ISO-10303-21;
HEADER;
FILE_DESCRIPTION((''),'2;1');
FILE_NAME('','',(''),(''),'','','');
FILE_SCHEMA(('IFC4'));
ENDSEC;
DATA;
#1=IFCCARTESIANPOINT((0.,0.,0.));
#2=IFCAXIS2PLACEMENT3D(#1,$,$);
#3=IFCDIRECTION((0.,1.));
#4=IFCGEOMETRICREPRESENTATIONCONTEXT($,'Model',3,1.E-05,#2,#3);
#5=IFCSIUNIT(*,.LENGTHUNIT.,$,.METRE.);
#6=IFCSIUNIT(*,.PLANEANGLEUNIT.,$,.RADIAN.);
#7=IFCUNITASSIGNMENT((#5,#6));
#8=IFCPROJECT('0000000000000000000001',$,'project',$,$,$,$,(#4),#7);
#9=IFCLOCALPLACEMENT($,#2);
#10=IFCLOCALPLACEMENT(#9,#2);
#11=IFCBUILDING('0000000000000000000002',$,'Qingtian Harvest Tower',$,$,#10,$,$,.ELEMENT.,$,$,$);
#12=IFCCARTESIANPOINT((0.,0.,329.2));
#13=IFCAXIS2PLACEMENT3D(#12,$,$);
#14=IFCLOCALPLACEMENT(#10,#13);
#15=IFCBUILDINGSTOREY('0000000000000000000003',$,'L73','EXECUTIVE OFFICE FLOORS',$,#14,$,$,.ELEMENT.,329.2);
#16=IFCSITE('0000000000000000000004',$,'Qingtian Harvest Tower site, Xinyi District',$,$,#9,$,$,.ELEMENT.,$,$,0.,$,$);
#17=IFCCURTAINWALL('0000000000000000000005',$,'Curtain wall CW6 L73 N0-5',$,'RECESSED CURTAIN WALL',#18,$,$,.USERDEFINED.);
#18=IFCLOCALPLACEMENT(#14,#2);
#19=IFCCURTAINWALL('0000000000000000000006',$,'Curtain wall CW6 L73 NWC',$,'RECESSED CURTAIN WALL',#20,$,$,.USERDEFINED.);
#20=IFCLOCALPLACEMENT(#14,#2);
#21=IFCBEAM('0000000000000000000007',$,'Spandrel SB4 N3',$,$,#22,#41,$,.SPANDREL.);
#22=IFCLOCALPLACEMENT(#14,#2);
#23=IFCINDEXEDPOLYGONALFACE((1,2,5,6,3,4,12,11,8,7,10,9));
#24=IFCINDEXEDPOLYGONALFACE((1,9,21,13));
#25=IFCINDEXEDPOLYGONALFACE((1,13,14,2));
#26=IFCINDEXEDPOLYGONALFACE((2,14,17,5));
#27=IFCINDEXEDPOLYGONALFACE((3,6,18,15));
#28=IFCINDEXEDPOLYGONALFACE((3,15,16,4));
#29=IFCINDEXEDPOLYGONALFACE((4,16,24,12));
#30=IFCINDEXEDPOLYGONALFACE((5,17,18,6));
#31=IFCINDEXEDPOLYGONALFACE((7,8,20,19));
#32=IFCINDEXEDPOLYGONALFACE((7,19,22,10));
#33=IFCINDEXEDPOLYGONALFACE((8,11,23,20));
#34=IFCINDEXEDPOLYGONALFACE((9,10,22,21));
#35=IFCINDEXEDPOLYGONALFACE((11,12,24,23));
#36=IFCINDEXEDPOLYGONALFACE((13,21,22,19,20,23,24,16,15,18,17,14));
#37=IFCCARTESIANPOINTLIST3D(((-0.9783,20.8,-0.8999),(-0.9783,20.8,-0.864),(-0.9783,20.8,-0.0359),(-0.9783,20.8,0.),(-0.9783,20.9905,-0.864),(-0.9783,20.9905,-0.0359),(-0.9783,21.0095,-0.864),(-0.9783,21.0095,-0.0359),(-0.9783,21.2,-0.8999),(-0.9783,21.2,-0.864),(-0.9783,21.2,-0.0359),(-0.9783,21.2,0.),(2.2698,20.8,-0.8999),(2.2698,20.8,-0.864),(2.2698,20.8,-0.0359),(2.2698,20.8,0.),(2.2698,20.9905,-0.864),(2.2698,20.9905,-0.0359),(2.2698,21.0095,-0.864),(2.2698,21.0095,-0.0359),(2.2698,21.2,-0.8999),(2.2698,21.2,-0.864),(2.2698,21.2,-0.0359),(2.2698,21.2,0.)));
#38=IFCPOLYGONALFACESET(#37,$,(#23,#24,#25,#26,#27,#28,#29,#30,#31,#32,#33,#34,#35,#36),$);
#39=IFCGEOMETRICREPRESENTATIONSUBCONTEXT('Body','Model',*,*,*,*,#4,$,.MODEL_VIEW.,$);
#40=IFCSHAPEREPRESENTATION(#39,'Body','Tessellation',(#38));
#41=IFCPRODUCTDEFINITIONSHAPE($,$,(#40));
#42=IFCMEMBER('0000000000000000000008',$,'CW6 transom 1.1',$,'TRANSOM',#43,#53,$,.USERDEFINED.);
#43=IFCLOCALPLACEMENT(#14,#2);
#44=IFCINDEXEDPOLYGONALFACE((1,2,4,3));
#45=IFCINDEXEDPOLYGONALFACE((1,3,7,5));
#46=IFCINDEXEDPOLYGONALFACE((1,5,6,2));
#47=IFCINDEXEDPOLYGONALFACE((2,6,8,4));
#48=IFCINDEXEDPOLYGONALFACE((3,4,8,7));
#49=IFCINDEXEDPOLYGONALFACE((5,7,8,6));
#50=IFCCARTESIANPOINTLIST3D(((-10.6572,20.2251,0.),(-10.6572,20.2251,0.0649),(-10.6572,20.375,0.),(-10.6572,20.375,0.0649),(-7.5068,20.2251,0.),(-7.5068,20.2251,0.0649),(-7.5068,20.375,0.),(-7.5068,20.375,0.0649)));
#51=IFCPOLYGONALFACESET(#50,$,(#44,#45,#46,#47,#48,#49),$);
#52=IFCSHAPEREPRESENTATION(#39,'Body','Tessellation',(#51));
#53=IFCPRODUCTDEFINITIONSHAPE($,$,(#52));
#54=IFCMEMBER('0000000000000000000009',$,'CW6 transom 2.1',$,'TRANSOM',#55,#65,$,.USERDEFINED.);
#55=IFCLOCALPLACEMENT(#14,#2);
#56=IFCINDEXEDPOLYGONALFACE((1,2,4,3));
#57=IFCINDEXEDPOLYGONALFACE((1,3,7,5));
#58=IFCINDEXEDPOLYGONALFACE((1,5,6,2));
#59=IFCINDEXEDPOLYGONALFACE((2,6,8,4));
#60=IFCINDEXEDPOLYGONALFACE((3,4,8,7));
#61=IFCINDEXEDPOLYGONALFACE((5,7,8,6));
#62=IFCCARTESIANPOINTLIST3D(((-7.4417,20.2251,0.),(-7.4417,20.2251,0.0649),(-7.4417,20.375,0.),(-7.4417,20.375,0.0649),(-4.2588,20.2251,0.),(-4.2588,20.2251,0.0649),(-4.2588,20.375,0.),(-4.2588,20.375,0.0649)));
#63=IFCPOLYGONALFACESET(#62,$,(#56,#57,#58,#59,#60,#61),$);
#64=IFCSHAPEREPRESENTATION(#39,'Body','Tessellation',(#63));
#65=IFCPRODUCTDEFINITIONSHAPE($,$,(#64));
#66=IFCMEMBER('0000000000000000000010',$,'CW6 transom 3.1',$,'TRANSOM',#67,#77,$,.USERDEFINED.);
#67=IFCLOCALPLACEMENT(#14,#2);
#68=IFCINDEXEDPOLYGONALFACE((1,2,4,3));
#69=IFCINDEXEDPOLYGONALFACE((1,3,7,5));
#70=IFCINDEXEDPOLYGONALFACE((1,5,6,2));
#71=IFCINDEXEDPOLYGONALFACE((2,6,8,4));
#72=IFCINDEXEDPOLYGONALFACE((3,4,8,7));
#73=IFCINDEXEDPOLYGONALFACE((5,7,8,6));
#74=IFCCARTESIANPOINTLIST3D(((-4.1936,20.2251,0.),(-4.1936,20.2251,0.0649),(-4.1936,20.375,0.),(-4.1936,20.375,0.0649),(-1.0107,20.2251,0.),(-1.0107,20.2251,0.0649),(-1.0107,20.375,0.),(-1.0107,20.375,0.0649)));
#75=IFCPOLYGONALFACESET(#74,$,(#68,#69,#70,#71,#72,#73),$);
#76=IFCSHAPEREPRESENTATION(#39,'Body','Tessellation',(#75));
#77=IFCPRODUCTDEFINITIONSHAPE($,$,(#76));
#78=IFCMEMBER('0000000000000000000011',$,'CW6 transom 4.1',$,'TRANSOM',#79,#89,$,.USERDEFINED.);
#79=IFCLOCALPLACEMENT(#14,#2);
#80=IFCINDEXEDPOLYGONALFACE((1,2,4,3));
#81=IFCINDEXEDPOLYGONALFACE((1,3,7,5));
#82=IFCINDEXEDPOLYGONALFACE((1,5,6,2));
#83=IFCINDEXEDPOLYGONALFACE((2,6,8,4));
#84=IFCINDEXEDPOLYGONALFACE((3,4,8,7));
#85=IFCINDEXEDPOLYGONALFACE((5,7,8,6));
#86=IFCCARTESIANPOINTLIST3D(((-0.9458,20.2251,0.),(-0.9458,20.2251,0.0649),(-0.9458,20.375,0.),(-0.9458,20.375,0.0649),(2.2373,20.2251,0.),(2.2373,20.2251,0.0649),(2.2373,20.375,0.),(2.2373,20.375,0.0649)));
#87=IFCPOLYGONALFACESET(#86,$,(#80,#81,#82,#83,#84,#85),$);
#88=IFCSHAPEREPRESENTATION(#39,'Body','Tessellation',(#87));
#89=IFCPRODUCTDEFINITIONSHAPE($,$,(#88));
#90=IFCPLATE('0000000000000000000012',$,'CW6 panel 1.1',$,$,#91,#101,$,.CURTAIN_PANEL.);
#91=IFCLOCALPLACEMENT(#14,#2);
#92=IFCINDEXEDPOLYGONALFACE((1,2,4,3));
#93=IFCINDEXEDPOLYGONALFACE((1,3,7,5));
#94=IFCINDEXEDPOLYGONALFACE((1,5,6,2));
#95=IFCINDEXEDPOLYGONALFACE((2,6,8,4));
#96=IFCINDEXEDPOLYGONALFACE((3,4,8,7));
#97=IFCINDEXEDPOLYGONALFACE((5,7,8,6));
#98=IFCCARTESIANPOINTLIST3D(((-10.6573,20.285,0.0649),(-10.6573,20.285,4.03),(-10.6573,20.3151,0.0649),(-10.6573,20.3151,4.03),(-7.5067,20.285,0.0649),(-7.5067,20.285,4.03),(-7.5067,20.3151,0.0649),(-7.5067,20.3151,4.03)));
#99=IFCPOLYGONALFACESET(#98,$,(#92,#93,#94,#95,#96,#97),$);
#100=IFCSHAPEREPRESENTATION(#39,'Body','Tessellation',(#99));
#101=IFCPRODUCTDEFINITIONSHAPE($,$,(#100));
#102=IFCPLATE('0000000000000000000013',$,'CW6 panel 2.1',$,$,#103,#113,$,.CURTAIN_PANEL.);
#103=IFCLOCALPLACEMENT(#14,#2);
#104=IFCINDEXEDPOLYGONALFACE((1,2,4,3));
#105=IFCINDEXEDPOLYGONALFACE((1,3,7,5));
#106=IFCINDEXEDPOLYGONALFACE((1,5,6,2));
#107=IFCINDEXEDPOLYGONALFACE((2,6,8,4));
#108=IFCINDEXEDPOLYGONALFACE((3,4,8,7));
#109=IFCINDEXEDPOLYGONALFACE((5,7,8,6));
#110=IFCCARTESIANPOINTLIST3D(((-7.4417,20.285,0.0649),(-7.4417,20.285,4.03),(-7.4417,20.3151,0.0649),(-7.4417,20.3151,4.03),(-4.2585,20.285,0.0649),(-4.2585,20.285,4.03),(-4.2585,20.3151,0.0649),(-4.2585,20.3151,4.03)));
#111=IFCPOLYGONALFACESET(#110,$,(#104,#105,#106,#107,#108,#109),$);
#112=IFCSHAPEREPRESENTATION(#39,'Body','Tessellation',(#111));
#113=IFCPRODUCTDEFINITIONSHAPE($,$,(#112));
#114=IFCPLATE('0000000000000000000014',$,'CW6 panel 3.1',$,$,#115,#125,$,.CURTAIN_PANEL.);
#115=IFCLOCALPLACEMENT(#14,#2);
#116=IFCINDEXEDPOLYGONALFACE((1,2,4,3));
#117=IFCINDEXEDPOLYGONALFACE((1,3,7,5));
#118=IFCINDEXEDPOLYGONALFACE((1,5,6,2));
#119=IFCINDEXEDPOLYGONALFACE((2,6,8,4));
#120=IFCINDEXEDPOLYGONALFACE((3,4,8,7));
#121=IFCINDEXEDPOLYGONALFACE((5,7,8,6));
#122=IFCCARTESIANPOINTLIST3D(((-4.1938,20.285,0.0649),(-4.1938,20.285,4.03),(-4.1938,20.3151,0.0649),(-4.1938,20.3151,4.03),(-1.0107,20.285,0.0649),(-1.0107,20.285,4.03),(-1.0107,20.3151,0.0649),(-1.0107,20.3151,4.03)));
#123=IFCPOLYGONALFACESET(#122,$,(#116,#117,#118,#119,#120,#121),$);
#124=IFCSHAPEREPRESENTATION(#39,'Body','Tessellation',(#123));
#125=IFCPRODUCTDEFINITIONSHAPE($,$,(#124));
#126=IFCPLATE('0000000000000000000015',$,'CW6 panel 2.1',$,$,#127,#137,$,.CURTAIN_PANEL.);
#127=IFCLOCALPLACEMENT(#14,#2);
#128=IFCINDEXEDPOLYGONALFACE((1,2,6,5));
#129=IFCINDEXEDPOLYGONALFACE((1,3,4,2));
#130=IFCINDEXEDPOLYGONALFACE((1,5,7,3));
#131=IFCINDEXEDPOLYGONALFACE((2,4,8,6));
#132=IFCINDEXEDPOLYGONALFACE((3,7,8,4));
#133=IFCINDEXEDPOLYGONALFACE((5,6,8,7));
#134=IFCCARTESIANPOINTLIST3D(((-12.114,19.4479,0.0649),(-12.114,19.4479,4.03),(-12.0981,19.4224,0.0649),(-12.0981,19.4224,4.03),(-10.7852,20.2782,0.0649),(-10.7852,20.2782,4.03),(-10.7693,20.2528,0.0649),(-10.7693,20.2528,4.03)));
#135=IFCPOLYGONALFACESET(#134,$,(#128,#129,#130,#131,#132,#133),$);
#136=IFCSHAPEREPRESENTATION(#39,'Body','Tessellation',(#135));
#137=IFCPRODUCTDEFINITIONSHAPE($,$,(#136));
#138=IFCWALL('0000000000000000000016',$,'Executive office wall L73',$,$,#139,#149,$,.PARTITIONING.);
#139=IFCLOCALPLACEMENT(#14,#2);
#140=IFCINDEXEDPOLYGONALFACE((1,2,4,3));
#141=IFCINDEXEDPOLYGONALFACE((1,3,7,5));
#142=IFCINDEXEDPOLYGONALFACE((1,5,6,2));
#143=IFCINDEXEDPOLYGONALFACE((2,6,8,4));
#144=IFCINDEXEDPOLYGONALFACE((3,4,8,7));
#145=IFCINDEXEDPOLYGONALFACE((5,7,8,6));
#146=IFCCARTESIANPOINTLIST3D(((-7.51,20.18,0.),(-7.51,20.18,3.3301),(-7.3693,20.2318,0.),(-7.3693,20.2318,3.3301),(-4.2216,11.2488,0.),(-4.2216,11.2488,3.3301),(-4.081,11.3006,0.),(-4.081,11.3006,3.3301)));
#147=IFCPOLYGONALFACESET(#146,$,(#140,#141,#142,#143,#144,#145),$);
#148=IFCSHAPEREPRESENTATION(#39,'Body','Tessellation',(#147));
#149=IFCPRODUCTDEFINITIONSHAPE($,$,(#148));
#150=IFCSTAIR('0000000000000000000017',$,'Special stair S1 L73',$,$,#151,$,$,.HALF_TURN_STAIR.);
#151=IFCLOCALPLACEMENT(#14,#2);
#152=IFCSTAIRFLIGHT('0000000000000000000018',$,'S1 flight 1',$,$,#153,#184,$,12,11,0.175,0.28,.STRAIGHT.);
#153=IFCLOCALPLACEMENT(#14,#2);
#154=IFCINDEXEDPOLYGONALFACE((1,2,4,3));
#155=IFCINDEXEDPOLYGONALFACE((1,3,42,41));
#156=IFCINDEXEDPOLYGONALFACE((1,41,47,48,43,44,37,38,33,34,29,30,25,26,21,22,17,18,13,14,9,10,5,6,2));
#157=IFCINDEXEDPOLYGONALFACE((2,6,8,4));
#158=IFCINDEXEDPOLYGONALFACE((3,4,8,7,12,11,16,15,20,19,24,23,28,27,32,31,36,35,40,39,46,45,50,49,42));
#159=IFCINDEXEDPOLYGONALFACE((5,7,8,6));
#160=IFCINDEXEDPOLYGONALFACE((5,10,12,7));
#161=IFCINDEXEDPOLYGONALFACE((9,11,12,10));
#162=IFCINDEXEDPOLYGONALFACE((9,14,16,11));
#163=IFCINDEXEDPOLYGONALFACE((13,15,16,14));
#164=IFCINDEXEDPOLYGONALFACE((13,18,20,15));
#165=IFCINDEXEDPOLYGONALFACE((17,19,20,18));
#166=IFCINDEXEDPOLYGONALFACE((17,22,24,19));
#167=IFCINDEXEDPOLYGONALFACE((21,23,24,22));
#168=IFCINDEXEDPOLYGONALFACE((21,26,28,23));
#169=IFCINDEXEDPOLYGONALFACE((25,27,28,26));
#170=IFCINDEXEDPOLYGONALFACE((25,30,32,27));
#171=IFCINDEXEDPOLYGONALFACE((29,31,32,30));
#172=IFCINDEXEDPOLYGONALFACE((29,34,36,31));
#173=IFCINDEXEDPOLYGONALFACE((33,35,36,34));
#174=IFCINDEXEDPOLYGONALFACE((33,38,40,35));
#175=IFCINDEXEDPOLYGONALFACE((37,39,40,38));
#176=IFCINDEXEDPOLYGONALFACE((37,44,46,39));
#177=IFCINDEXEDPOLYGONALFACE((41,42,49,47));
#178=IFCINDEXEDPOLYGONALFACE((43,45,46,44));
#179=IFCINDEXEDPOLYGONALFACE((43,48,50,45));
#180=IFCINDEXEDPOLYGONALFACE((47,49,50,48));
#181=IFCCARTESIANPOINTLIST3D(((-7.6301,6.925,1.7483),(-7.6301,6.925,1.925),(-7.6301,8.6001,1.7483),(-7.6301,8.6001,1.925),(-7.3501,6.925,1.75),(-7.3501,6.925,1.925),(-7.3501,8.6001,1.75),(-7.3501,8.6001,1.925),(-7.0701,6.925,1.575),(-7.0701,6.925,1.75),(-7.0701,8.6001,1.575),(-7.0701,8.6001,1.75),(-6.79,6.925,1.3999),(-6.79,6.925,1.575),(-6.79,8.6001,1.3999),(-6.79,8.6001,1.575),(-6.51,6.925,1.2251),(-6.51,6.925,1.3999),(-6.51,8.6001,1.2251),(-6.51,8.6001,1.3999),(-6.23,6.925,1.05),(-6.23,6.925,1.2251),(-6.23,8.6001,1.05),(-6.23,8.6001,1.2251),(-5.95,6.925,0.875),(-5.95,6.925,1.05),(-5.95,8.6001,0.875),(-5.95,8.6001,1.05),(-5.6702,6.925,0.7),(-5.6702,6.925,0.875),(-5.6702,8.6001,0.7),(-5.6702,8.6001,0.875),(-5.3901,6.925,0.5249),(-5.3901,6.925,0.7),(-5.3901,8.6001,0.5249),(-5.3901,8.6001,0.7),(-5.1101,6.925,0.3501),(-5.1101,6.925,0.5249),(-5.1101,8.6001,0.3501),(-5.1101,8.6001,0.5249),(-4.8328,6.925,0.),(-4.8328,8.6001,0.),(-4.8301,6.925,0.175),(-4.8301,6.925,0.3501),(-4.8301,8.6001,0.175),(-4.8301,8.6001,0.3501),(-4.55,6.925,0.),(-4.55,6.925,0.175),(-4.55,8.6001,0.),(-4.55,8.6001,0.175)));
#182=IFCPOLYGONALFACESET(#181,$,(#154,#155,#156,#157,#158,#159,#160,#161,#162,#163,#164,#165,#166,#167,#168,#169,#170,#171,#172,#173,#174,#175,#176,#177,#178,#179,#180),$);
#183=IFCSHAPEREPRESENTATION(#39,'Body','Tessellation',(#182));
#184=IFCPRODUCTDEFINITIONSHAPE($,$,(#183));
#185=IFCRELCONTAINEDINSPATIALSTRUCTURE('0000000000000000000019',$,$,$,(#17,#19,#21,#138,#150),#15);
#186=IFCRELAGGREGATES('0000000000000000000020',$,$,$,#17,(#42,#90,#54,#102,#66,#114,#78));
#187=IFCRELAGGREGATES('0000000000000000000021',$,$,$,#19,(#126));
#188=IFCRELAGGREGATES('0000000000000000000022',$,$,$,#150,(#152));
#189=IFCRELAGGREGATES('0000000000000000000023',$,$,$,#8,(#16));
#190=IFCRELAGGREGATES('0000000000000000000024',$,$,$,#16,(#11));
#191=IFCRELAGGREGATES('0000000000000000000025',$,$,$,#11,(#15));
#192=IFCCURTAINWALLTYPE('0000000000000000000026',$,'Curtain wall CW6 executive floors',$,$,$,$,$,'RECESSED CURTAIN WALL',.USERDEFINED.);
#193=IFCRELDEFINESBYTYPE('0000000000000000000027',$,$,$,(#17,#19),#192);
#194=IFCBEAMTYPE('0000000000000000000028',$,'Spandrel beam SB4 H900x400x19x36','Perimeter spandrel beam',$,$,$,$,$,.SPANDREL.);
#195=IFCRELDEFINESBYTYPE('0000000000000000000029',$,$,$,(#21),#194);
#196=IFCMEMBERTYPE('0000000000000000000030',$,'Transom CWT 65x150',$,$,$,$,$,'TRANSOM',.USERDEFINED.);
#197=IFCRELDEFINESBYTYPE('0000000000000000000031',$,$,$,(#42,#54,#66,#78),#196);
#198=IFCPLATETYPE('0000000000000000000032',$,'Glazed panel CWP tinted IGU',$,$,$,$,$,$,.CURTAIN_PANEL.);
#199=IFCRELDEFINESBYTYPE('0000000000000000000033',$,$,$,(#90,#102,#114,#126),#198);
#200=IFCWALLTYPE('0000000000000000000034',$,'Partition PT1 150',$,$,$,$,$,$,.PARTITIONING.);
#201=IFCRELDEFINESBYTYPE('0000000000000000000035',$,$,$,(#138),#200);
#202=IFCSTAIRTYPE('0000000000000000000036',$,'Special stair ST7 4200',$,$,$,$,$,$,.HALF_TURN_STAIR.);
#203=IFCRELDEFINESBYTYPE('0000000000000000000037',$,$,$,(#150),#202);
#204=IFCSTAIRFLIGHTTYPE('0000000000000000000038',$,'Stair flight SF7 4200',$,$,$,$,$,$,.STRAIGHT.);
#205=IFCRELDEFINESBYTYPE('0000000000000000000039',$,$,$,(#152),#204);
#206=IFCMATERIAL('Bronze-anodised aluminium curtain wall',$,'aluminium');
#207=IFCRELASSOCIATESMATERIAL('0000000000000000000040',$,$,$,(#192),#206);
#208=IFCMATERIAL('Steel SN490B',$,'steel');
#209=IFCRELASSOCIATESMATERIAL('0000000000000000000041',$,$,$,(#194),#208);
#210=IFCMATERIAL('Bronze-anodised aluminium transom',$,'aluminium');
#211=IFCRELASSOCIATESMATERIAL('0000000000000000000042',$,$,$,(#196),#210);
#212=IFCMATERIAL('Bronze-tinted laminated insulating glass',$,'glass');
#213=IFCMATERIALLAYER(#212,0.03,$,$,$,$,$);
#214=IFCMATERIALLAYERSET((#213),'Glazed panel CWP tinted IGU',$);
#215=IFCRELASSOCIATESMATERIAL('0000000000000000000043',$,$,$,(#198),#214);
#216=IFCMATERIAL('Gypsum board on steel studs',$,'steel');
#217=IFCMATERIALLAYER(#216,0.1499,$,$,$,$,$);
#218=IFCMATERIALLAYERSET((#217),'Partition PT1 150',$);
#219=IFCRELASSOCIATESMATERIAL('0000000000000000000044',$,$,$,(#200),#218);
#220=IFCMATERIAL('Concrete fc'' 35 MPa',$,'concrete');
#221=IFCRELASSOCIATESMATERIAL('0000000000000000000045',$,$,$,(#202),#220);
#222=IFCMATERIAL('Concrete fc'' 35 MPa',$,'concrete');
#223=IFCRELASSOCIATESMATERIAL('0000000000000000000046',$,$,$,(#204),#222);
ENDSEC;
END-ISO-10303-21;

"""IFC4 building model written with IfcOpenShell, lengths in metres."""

from ifc_helpers import new_model, si_unit, direction, frame, frame_2d, origin, origin_2d, place, context, subcontext, project, spatial, polyline, rectangle, i_section, outline, extrude, material, layer, layer_set, material_profile, profile_set, type_object, element, aggregate, save


model = new_model("IFC4")

# Units and contexts
model_context = context("Model", 3, precision=1e-05, world=origin(), true_north=direction((0.0, 1.0)))
body_context = subcontext(model_context, "Body", "Model", "MODEL_VIEW")
ifc_project = project(units=[si_unit("LENGTHUNIT", "METRE"), si_unit("PLANEANGLEUNIT", "RADIAN")], contexts=[model_context])

# Site, building, storey
site_placement = place(None, origin())
site = spatial("IfcSite", under=ifc_project, at=site_placement, Name="Qingtian Harvest Tower site, Xinyi District", CompositionType="ELEMENT", RefElevation=0.0)
building_placement = place(site_placement, origin())
building = spatial("IfcBuilding", under=site, at=building_placement, Name="Qingtian Harvest Tower", CompositionType="ELEMENT")
storey_placement = place(building_placement, frame((0.0, 0.0, 329.2)))
storey = spatial("IfcBuildingStorey", under=building, at=storey_placement, Name="L73", Description="EXECUTIVE OFFICE FLOORS", CompositionType="ELEMENT", Elevation=329.2)

# Curtain wall
ifc_material_1 = material(Name="Bronze-anodised aluminium curtain wall", Category="aluminium")
curtain_wall_type = type_object("IfcCurtainWallType", Name="Curtain wall CW6 executive floors", ElementType="RECESSED CURTAIN WALL", PredefinedType="USERDEFINED", material=ifc_material_1)
curtain_wall_1_placement = place(storey_placement, origin())
curtain_wall_1 = element("IfcCurtainWall", 1, at=curtain_wall_1_placement, inside=storey, type_object=curtain_wall_type, Name="Curtain wall CW6 L73 N0-5", ObjectType="RECESSED CURTAIN WALL", PredefinedType="USERDEFINED")

# Curtain wall
curtain_wall_2_placement = place(storey_placement, origin())
curtain_wall_2 = element("IfcCurtainWall", 2, at=curtain_wall_2_placement, inside=storey, type_object=curtain_wall_type, Name="Curtain wall CW6 L73 NWC", ObjectType="RECESSED CURTAIN WALL", PredefinedType="USERDEFINED")

# Beam
ifc_material_2 = material(Name="Steel SN490B", Category="steel")
ifc_material_profile_1 = material_profile(ifc_material_2, i_section(OverallWidth=0.3999, OverallDepth=0.8999, WebThickness=0.019, FlangeThickness=0.0359, at=origin_2d()), Name="H900x400x19x36")
ifc_profile_set_1 = profile_set([ifc_material_profile_1], Name="Steel SN490B")
beam_type_1 = type_object("IfcBeamType", Name="Spandrel beam SB4 H900x400x19x36", Description="Perimeter spandrel beam", PredefinedType="SPANDREL", material=ifc_profile_set_1)
for number, where, z_axis, x_axis, name in (
    (3, (-0.9783, 21.0, -0.45), (1.0, 0.0, 0.0), (0.0, 1.0, 0.0), "Spandrel SB4 N3"),
):
    element("IfcBeam", number, at=place(storey_placement, frame(where, z_axis=z_axis, x_axis=x_axis)), inside=storey, type_object=beam_type_1, Name=name, PredefinedType="SPANDREL", context=body_context, shape_type="SweptSolid", body=[
        extrude(i_section(OverallWidth=0.3999, OverallDepth=0.8999, WebThickness=0.019, FlangeThickness=0.0359, at=origin_2d()), origin(), (0.0, 0.0, 1.0), 3.248),
    ])

# Members
ifc_material_3 = material(Name="Bronze-anodised aluminium transom", Category="aluminium")
ifc_material_profile_2 = material_profile(ifc_material_3, rectangle(XDim=0.1499, YDim=0.0649, at=origin_2d()), Name="AL 65x150")
ifc_profile_set_2 = profile_set([ifc_material_profile_2], Name="Bronze-anodised aluminium transom")
member_type_1 = type_object("IfcMemberType", Name="Transom CWT 65x150", ElementType="TRANSOM", PredefinedType="USERDEFINED", material=ifc_profile_set_2)
member_1_placement = place(storey_placement, frame((-10.6572, 20.3, 0.0325), z_axis=(1.0, 0.0, 0.0), x_axis=(0.0, 1.0, 0.0)))
member_1 = element("IfcMember", 4, at=member_1_placement, type_object=member_type_1, Name="CW6 transom 1.1", ObjectType="TRANSOM", PredefinedType="USERDEFINED", context=body_context, shape_type="SweptSolid", body=[
    extrude(rectangle(XDim=0.1499, YDim=0.0649, at=origin_2d()), origin(), (0.0, 0.0, 1.0), 3.1504),
])
member_2_placement = place(storey_placement, frame((-7.4417, 20.3, 0.0325), z_axis=(1.0, 0.0, 0.0), x_axis=(0.0, 1.0, 0.0)))
member_2 = element("IfcMember", 5, at=member_2_placement, type_object=member_type_1, Name="CW6 transom 2.1", ObjectType="TRANSOM", PredefinedType="USERDEFINED", context=body_context, shape_type="SweptSolid", body=[
    extrude(rectangle(XDim=0.1499, YDim=0.0649, at=origin_2d()), origin(), (0.0, 0.0, 1.0), 3.1829),
])
member_3_placement = place(storey_placement, frame((-4.1936, 20.3, 0.0325), z_axis=(1.0, 0.0, 0.0), x_axis=(0.0, 1.0, 0.0)))
member_3 = element("IfcMember", 6, at=member_3_placement, type_object=member_type_1, Name="CW6 transom 3.1", ObjectType="TRANSOM", PredefinedType="USERDEFINED", context=body_context, shape_type="SweptSolid", body=[
    extrude(rectangle(XDim=0.1499, YDim=0.0649, at=origin_2d()), origin(), (0.0, 0.0, 1.0), 3.1829),
])
member_4_placement = place(storey_placement, frame((-0.9458, 20.3, 0.0325), z_axis=(1.0, 0.0, 0.0), x_axis=(0.0, 1.0, 0.0)))
member_4 = element("IfcMember", 7, at=member_4_placement, type_object=member_type_1, Name="CW6 transom 4.1", ObjectType="TRANSOM", PredefinedType="USERDEFINED", context=body_context, shape_type="SweptSolid", body=[
    extrude(rectangle(XDim=0.1499, YDim=0.0649, at=origin_2d()), origin(), (0.0, 0.0, 1.0), 3.1831),
])

# Plates
ifc_material_4 = material(Name="Bronze-tinted laminated insulating glass", Category="glass")
ifc_layer_1 = layer(ifc_material_4, 0.03)
ifc_layer_set_1 = layer_set([ifc_layer_1], Name="Glazed panel CWP tinted IGU")
plate_type = type_object("IfcPlateType", Name="Glazed panel CWP tinted IGU", PredefinedType="CURTAIN_PANEL", material=ifc_layer_set_1)
plate_1_placement = place(storey_placement, frame((-9.082, 20.3, 0.0649), z_axis=(0.0, 0.0, 1.0), x_axis=(1.0, 0.0, 0.0)))
plate_1 = element("IfcPlate", 8, at=plate_1_placement, type_object=plate_type, Name="CW6 panel 1.1", PredefinedType="CURTAIN_PANEL", context=body_context, shape_type="SweptSolid", body=[
    extrude(rectangle(XDim=3.1506, YDim=0.03, at=origin_2d()), origin(), (0.0, 0.0, 1.0), 3.9651),
])
plate_2_placement = place(storey_placement, frame((-5.8501, 20.3, 0.0649), z_axis=(0.0, 0.0, 1.0), x_axis=(1.0, 0.0, 0.0)))
plate_2 = element("IfcPlate", 9, at=plate_2_placement, type_object=plate_type, Name="CW6 panel 2.1", PredefinedType="CURTAIN_PANEL", context=body_context, shape_type="SweptSolid", body=[
    extrude(rectangle(XDim=3.1831, YDim=0.03, at=origin_2d()), origin(), (0.0, 0.0, 1.0), 3.9651),
])
plate_3_placement = place(storey_placement, frame((-2.6023, 20.3, 0.0649), z_axis=(0.0, 0.0, 1.0), x_axis=(1.0, 0.0, 0.0)))
plate_3 = element("IfcPlate", 10, at=plate_3_placement, type_object=plate_type, Name="CW6 panel 3.1", PredefinedType="CURTAIN_PANEL", context=body_context, shape_type="SweptSolid", body=[
    extrude(rectangle(XDim=3.1831, YDim=0.03, at=origin_2d()), origin(), (0.0, 0.0, 1.0), 3.9651),
])
aggregate(curtain_wall_1, [member_1, plate_1, member_2, plate_2, member_3, plate_3, member_4])
plate_4_placement = place(storey_placement, frame((-11.4417, 19.8503, 0.0649), z_axis=(0.0, 0.0, 1.0), x_axis=(0.848048, 0.529919, 0.0)))
plate_4 = element("IfcPlate", 11, at=plate_4_placement, type_object=plate_type, Name="CW6 panel 2.1", PredefinedType="CURTAIN_PANEL", context=body_context, shape_type="SweptSolid", body=[
    extrude(rectangle(XDim=1.5669, YDim=0.03, at=origin_2d()), origin(), (0.0, 0.0, 1.0), 3.9651),
])
aggregate(curtain_wall_2, [plate_4])

# Wall
ifc_material_5 = material(Name="Gypsum board on steel studs", Category="steel")
ifc_layer_2 = layer(ifc_material_5, 0.1499)
ifc_layer_set_2 = layer_set([ifc_layer_2], Name="Partition PT1 150")
wall_type = type_object("IfcWallType", Name="Partition PT1 150", PredefinedType="PARTITIONING", material=ifc_layer_set_2)
wall_1_placement = place(storey_placement, frame((-7.4397, 20.2061, 0.0), z_axis=(0.0, 0.0, 1.0), x_axis=(0.345512, -0.938414, 0.0)))
element("IfcWall", 12, at=wall_1_placement, inside=storey, type_object=wall_type, Name="Executive office wall L73", PredefinedType="PARTITIONING", context=body_context, shape_type="SweptSolid", body=[
    extrude(rectangle(XDim=9.5173, YDim=0.1499, at=frame_2d((4.7588, 0.0))), origin(), (0.0, 0.0, 1.0), 3.3301),
])

# Stair, stair flight
ifc_material_6 = material(Name="Concrete fc' 35 MPa", Category="concrete")
stair_type = type_object("IfcStairType", Name="Special stair ST7 4200", PredefinedType="HALF_TURN_STAIR", material=ifc_material_6)
stair_placement = place(storey_placement, origin())
stair = element("IfcStair", 13, at=stair_placement, inside=storey, type_object=stair_type, Name="Special stair S1 L73", PredefinedType="HALF_TURN_STAIR")
ifc_material_7 = material(Name="Concrete fc' 35 MPa", Category="concrete")
stair_flight_type = type_object("IfcStairFlightType", Name="Stair flight SF7 4200", PredefinedType="STRAIGHT", material=ifc_material_7)
stair_flight_placement = place(storey_placement, frame((-4.55, 7.7625, 0.0), z_axis=(0.0, 0.0, 1.0), x_axis=(-1.0, 0.0, 0.0)))
stair_flight = element("IfcStairFlight", 14, at=stair_flight_placement, type_object=stair_flight_type, Name="S1 flight 1", NumberOfRisers=12, NumberOfTreads=11, PredefinedType="STRAIGHT", RiserHeight=0.175, TreadLength=0.28, context=body_context, shape_type="SweptSolid", body=[
    extrude(outline(polyline([(0.0, 0.0), (0.0, 0.175), (0.28, 0.175), (0.28, 0.3501), (0.5601, 0.3501), (0.5601, 0.5249), (0.8401, 0.5249), (0.8401, 0.7), (1.1201, 0.7), (1.1201, 0.875), (1.3999, 0.875), (1.3999, 1.05), (1.6799, 1.05), (1.6799, 1.2251), (1.96, 1.2251), (1.96, 1.3999), (2.24, 1.3999), (2.24, 1.575), (2.52, 1.575), (2.52, 1.75), (2.8, 1.75), (2.8, 1.925), (3.0801, 1.925), (3.0801, 2.1001), (3.0801, 1.7483), (0.2827, 0.0), (0.0, 0.0)])), frame((0.0, 0.8374, 0.0), z_axis=(0.0, -1.0, 0.0), x_axis=(1.0, 0.0, 0.0)), (0.0, 0.0, 1.0), 1.675),
])
aggregate(stair, [stair_flight])

save(model, "model.ifc")
